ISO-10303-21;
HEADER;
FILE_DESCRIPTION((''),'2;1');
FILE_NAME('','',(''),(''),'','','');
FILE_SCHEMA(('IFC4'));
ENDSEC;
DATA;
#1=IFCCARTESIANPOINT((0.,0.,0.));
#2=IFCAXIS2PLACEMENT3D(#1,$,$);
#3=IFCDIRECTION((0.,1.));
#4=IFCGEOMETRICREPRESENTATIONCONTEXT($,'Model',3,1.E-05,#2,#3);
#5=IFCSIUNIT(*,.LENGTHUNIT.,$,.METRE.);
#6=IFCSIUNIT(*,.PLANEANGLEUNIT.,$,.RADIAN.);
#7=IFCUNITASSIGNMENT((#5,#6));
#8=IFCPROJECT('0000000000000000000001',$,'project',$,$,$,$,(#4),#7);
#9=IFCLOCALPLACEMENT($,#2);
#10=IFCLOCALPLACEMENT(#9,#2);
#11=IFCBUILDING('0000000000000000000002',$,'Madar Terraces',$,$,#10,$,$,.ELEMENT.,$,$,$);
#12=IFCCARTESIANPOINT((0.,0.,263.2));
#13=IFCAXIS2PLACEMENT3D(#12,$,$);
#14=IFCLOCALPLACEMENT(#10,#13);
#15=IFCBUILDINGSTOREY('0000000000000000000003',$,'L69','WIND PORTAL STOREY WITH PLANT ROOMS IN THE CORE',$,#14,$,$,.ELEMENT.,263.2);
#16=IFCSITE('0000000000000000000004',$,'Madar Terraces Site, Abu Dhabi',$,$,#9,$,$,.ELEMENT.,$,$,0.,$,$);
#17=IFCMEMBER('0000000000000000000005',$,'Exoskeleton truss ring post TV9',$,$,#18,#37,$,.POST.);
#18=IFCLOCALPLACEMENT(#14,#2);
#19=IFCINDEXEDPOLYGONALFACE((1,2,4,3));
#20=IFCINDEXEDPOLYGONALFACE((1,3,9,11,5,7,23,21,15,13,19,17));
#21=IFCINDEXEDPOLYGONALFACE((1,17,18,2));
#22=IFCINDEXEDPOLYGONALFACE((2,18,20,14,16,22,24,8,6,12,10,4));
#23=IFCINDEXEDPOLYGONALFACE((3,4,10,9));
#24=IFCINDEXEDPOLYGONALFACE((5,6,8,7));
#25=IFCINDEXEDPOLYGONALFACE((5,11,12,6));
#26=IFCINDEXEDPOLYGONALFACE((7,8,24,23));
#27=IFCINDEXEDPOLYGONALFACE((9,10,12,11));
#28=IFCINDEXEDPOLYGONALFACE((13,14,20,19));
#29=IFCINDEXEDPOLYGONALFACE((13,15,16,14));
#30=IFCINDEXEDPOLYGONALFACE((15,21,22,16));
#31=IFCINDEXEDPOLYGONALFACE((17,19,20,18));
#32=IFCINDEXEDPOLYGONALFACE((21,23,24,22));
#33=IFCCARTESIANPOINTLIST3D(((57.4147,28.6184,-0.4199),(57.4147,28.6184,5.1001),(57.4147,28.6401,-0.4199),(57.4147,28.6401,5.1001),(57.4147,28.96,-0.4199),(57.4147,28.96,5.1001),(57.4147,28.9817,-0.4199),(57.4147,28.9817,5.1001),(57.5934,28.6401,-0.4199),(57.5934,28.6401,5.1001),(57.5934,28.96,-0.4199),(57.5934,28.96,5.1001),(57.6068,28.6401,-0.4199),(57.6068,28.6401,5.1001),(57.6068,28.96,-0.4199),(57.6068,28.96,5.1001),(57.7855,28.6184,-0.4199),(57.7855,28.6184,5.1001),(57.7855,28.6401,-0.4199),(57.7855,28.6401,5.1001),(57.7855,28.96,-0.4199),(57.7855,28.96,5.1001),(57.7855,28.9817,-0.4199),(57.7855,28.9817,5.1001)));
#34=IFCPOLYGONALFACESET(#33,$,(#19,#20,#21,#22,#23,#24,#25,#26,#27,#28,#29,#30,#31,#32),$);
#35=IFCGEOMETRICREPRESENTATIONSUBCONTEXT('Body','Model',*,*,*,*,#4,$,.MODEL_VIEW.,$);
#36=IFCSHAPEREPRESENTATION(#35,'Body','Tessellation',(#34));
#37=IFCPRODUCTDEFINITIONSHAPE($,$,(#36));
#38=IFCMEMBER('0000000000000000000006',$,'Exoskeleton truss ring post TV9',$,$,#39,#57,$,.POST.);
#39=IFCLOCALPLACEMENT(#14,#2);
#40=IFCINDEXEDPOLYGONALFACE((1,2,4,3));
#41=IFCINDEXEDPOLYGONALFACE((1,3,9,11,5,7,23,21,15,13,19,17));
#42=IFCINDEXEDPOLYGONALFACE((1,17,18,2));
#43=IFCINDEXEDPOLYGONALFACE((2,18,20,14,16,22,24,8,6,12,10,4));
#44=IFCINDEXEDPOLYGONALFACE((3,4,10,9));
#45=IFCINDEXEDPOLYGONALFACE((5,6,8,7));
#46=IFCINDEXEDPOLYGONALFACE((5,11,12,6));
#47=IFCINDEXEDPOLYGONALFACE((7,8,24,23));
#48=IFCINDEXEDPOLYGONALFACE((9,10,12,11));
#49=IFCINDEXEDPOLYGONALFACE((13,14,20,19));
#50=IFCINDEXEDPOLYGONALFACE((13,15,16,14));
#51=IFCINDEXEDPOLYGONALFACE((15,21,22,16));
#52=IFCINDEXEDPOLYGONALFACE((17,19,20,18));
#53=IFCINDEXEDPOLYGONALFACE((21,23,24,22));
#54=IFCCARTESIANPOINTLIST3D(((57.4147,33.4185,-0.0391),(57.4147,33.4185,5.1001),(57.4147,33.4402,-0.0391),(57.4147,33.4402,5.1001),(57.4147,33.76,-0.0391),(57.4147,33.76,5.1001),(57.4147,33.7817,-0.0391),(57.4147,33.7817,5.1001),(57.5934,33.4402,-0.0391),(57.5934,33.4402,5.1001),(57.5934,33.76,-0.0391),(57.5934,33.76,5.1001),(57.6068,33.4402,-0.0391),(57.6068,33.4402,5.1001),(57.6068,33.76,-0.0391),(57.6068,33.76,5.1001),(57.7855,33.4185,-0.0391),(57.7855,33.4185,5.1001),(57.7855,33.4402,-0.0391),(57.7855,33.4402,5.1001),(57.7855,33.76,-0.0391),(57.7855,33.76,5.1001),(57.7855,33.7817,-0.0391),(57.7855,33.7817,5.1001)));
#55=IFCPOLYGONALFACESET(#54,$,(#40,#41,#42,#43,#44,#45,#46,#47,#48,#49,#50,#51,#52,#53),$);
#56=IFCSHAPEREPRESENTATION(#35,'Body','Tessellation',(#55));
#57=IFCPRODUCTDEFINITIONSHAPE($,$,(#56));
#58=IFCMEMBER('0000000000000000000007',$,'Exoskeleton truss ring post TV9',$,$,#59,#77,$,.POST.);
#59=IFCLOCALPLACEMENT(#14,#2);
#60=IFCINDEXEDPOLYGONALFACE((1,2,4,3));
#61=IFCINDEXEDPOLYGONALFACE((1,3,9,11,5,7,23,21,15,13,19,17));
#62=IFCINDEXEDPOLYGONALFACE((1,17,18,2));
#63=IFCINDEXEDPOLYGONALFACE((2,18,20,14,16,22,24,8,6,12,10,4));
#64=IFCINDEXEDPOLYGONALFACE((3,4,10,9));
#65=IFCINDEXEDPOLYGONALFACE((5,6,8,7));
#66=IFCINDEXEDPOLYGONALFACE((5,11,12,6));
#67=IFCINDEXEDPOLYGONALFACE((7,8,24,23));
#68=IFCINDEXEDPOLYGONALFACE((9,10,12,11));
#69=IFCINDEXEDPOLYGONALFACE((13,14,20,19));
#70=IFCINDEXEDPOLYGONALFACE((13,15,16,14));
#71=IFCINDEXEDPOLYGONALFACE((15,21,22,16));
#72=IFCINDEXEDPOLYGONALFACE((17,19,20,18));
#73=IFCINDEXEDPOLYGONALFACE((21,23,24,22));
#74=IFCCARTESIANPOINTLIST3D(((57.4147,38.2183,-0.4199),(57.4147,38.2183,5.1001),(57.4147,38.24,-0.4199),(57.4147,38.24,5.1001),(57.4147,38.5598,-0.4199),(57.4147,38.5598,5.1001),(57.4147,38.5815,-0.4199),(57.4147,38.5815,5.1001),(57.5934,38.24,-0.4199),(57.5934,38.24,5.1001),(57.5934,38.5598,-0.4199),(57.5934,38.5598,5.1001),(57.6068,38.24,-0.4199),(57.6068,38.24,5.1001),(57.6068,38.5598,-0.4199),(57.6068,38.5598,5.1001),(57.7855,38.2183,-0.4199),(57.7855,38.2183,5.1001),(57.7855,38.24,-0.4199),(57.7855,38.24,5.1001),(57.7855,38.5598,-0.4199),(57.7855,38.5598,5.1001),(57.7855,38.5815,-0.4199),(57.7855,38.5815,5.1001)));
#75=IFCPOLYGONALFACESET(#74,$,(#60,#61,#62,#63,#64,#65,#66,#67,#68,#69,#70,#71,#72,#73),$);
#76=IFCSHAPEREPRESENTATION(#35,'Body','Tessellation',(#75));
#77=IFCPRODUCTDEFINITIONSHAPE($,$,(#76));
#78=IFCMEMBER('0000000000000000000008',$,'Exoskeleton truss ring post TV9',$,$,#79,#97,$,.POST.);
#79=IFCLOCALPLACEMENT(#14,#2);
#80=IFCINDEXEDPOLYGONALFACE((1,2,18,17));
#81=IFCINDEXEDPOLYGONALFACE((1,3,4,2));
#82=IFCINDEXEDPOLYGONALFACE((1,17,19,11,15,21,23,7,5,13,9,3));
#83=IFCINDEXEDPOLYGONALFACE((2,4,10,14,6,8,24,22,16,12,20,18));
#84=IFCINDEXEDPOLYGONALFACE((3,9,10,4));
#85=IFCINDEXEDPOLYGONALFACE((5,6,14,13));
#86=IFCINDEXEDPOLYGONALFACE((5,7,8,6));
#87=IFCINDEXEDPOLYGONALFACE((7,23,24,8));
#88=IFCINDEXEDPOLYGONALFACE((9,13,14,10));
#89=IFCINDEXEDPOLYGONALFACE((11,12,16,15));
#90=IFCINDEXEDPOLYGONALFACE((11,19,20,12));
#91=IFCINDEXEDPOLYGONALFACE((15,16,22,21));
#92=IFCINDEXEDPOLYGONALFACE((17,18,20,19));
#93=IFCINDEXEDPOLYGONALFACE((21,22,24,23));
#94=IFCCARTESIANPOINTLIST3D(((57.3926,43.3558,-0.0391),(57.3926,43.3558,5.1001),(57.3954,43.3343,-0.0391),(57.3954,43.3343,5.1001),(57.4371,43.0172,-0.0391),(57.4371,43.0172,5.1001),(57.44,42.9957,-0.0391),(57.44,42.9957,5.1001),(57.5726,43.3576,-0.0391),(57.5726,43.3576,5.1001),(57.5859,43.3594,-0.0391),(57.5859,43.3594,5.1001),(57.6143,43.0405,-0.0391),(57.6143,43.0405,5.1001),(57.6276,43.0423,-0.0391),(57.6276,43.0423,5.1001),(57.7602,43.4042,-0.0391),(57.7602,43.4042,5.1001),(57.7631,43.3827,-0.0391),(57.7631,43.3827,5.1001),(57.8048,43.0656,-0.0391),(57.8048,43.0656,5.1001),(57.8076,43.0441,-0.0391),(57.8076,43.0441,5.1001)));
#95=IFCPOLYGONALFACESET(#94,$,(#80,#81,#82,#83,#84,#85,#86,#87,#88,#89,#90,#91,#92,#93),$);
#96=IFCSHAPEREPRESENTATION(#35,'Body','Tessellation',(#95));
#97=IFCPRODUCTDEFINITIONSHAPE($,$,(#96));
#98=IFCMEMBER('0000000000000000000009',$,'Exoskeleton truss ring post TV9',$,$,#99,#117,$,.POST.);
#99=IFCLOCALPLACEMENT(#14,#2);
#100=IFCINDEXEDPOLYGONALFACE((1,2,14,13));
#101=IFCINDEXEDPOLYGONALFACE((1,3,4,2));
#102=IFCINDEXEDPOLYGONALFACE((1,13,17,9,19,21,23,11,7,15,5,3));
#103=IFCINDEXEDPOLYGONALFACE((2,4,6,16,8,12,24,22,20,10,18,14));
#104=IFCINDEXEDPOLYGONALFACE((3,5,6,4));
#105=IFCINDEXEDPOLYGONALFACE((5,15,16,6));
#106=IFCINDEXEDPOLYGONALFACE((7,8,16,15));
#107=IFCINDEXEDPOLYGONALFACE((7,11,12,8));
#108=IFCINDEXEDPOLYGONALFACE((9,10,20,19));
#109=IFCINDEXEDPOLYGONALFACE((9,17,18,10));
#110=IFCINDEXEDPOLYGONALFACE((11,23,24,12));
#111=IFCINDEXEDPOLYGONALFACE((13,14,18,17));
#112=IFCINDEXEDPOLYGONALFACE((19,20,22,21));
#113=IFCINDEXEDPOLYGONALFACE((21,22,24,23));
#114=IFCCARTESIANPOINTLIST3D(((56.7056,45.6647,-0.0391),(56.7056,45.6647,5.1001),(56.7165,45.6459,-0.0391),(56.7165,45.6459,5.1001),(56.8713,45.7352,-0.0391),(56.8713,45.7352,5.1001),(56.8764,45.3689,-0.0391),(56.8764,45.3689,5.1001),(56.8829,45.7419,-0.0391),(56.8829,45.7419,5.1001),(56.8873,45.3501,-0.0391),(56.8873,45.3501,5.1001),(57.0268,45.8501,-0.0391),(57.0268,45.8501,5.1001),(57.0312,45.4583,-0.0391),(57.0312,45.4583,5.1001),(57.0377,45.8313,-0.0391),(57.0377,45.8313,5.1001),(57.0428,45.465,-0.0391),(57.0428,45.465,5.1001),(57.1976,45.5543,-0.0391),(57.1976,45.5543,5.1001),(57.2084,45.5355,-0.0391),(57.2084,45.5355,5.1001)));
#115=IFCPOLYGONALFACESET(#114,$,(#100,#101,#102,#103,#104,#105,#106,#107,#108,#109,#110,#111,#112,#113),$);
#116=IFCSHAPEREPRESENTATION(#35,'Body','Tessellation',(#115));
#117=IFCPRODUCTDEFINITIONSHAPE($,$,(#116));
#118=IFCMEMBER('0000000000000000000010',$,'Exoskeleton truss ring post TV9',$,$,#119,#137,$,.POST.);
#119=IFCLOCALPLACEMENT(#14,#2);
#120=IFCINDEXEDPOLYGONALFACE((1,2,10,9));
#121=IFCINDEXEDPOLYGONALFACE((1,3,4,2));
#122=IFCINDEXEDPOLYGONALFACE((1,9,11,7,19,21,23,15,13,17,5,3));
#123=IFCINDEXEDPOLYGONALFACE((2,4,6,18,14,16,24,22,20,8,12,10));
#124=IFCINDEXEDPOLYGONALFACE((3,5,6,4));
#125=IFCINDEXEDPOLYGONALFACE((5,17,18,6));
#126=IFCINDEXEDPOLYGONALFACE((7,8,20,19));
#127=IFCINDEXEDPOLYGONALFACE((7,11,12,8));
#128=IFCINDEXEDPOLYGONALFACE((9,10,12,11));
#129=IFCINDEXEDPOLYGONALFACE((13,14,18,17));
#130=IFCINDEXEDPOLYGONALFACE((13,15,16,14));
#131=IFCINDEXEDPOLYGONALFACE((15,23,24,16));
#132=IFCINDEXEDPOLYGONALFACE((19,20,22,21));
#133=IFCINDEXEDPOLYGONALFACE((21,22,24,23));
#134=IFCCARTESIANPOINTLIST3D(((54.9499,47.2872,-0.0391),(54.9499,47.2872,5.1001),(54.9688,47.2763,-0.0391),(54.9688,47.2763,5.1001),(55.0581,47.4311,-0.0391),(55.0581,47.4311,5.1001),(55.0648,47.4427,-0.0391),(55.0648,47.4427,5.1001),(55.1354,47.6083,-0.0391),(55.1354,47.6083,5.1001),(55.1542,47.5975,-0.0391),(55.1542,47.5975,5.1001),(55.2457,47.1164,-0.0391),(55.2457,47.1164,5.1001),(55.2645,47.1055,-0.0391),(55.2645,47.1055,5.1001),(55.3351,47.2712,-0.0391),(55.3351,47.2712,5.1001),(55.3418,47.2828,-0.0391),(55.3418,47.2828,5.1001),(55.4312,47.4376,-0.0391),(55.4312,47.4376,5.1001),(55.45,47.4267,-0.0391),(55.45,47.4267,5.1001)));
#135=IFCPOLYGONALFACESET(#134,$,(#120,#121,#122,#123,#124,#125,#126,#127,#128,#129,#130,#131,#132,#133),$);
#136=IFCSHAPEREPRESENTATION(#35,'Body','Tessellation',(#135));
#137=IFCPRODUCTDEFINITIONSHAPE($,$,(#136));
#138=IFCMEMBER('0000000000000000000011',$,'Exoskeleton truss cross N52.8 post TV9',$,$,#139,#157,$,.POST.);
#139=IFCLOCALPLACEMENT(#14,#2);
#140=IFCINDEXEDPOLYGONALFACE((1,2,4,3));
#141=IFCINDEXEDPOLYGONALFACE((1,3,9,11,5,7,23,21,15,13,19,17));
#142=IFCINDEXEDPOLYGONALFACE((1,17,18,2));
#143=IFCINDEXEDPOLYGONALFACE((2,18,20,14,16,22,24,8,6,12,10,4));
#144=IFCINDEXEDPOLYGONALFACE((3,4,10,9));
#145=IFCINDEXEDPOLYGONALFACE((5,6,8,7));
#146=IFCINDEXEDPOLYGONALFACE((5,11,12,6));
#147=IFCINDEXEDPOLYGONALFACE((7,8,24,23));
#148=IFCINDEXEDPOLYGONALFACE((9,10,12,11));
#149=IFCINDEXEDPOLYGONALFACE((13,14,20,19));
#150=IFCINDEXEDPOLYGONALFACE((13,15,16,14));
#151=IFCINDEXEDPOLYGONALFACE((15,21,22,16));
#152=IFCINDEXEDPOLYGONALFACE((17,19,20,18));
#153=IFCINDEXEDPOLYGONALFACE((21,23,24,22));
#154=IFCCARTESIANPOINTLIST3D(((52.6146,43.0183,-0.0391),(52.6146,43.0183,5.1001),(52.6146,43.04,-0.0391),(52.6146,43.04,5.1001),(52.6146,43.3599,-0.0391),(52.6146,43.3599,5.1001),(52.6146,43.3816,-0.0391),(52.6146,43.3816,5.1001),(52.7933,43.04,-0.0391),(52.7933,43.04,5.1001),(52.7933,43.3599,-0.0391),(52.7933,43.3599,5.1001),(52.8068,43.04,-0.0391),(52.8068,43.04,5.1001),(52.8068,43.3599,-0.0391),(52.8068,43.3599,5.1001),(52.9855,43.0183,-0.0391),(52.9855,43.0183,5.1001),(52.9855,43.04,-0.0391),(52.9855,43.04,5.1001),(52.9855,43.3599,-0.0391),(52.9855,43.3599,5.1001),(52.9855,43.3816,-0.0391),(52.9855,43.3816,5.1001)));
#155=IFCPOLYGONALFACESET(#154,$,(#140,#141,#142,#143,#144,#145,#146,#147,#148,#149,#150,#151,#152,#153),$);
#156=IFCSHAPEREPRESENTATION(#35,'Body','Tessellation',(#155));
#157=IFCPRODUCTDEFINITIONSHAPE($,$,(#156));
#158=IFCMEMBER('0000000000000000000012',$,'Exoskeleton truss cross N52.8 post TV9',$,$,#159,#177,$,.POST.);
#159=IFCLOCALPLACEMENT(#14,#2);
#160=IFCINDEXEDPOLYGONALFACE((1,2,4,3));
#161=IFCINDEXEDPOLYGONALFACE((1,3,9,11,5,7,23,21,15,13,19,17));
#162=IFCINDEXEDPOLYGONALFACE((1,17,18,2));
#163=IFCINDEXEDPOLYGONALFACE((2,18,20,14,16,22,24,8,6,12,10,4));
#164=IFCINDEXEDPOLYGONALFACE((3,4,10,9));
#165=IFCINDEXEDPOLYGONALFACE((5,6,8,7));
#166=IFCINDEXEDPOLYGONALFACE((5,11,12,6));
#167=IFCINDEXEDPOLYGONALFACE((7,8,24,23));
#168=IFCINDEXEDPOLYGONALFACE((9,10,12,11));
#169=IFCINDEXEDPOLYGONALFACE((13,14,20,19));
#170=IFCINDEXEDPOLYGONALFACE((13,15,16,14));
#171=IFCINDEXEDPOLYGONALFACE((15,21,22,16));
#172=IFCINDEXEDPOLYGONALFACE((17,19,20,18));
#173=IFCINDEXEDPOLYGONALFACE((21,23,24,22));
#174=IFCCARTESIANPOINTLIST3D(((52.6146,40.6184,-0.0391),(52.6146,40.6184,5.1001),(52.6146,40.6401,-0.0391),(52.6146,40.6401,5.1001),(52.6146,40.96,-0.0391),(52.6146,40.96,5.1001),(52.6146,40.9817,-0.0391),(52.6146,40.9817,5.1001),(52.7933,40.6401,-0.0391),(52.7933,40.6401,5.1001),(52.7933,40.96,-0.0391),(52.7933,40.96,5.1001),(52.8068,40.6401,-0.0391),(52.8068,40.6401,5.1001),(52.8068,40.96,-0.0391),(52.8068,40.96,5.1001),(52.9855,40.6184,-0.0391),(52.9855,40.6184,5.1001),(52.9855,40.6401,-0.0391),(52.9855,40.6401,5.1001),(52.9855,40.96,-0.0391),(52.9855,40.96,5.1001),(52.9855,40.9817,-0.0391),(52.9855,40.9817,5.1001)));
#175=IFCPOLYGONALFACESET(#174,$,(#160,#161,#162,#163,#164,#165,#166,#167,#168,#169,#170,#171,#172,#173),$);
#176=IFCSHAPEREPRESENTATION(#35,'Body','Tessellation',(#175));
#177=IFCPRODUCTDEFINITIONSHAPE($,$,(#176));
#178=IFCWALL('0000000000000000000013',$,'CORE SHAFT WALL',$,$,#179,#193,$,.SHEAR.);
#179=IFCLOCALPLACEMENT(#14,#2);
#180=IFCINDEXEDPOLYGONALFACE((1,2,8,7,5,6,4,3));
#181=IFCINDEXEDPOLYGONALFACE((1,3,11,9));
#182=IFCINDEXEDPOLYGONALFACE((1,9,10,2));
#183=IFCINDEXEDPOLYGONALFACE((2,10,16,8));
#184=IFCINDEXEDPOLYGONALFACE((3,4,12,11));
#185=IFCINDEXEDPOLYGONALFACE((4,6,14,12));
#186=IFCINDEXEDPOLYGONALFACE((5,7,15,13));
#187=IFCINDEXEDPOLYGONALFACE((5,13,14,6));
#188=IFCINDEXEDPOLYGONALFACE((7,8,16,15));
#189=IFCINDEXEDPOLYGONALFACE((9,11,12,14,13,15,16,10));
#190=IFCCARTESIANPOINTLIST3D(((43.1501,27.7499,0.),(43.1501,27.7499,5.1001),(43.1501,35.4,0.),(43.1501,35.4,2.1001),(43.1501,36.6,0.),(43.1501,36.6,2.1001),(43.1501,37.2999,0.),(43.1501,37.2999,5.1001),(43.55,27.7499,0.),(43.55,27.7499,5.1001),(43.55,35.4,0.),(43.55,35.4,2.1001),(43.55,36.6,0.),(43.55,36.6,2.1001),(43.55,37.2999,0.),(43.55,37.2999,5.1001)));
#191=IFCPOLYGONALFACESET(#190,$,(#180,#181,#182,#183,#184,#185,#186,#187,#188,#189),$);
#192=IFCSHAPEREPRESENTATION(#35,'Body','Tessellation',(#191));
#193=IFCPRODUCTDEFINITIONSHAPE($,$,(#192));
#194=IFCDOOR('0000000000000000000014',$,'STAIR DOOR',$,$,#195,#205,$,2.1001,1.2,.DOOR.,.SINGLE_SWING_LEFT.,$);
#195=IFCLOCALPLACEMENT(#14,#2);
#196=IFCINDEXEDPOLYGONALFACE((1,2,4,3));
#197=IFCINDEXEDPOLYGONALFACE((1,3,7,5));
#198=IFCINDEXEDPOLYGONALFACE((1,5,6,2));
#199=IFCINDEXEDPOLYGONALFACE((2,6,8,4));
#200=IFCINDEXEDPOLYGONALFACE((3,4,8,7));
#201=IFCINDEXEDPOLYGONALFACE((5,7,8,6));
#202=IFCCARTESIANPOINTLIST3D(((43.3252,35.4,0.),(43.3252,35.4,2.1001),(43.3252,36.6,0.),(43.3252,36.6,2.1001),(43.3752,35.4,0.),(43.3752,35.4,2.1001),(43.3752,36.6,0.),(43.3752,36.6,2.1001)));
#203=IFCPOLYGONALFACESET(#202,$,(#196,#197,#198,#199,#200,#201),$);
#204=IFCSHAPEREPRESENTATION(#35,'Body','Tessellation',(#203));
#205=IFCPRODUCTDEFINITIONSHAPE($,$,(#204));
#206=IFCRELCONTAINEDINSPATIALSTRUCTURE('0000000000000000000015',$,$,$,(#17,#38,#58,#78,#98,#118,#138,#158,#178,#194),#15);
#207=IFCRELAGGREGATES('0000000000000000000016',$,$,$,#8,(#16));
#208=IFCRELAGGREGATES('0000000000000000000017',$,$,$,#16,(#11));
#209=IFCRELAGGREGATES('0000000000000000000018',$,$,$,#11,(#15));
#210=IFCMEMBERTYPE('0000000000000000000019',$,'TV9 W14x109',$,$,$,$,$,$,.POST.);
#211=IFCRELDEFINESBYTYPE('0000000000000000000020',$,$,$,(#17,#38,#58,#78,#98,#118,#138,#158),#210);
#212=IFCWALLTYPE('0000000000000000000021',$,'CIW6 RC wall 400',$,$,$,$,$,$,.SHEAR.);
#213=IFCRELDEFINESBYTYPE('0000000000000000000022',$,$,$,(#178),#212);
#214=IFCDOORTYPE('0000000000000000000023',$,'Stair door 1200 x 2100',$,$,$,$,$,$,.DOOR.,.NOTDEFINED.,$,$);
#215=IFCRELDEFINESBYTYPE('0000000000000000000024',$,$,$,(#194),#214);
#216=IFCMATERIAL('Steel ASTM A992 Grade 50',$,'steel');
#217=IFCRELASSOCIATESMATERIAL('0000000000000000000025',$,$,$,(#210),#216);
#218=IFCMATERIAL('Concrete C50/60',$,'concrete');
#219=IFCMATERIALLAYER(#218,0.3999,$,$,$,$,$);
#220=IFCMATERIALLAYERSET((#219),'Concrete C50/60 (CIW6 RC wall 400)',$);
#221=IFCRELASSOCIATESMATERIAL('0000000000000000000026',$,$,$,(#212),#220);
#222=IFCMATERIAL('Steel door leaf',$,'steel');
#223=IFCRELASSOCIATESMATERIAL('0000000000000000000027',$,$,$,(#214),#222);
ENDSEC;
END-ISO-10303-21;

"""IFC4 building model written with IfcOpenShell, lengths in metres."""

from ifc_helpers import new_model, si_unit, direction, frame, frame_2d, origin, origin_2d, place, context, subcontext, project, spatial, rectangle, i_section, extrude, material, layer, layer_set, material_profile, profile_set, type_object, element, fill, save


model = new_model("IFC4")

# Units and contexts
model_context = context("Model", 3, precision=1e-05, world=origin(), true_north=direction((0.0, 1.0)))
body_context = subcontext(model_context, "Body", "Model", "MODEL_VIEW")
ifc_project = project(units=[si_unit("LENGTHUNIT", "METRE"), si_unit("PLANEANGLEUNIT", "RADIAN")], contexts=[model_context])

# Site, building, storey
site_placement = place(None, origin())
site = spatial("IfcSite", under=ifc_project, at=site_placement, Name="Madar Terraces Site, Abu Dhabi", CompositionType="ELEMENT", RefElevation=0.0)
building_placement = place(site_placement, origin())
building = spatial("IfcBuilding", under=site, at=building_placement, Name="Madar Terraces", CompositionType="ELEMENT")
storey_placement = place(building_placement, frame((0.0, 0.0, 263.2)))
storey = spatial("IfcBuildingStorey", under=building, at=storey_placement, Name="L69", Description="WIND PORTAL STOREY WITH PLANT ROOMS IN THE CORE", CompositionType="ELEMENT", Elevation=263.2)

# Members
ifc_material_1 = material(Name="Steel ASTM A992 Grade 50", Category="steel")
ifc_material_profile_1 = material_profile(ifc_material_1, i_section(OverallWidth=0.3708, OverallDepth=0.3633, WebThickness=0.0134, FlangeThickness=0.0217, at=origin_2d()), Name="W14x109")
ifc_profile_set_1 = profile_set([ifc_material_profile_1], Name="Steel ASTM A992 Grade 50")
member_type_1 = type_object("IfcMemberType", Name="TV9 W14x109", PredefinedType="POST", material=ifc_profile_set_1)
member_1_placement = place(storey_placement, frame((57.6001, 28.8, -0.4199), z_axis=(0.0, 0.0, 1.0), x_axis=(-1.0, 0.0, 0.0)))
element("IfcMember", 1, at=member_1_placement, inside=storey, type_object=member_type_1, Name="Exoskeleton truss ring post TV9", PredefinedType="POST", context=body_context, shape_type="SweptSolid", body=[
    extrude(i_section(OverallWidth=0.3708, OverallDepth=0.3633, WebThickness=0.0134, FlangeThickness=0.0217, at=origin_2d()), origin(), (0.0, 0.0, 1.0), 5.52),
])
member_2_placement = place(storey_placement, frame((57.6001, 33.6001, -0.0391), z_axis=(0.0, 0.0, 1.0), x_axis=(-1.0, 0.0, 0.0)))
element("IfcMember", 2, at=member_2_placement, inside=storey, type_object=member_type_1, Name="Exoskeleton truss ring post TV9", PredefinedType="POST", context=body_context, shape_type="SweptSolid", body=[
    extrude(i_section(OverallWidth=0.3708, OverallDepth=0.3633, WebThickness=0.0134, FlangeThickness=0.0217, at=origin_2d()), origin(), (0.0, 0.0, 1.0), 5.1392),
])
member_3_placement = place(storey_placement, frame((57.6001, 38.3999, -0.4199), z_axis=(0.0, 0.0, 1.0), x_axis=(-1.0, 0.0, 0.0)))
element("IfcMember", 3, at=member_3_placement, inside=storey, type_object=member_type_1, Name="Exoskeleton truss ring post TV9", PredefinedType="POST", context=body_context, shape_type="SweptSolid", body=[
    extrude(i_section(OverallWidth=0.3708, OverallDepth=0.3633, WebThickness=0.0134, FlangeThickness=0.0217, at=origin_2d()), origin(), (0.0, 0.0, 1.0), 5.52),
])
for number, where, z_axis, x_axis, name in (
    (4, (57.6001, 43.2, -0.0391), (0.0, 0.0, 1.0), (-0.991445, -0.130526, 0.0), "Exoskeleton truss ring post TV9"),
    (5, (56.957, 45.6001, -0.0391), (0.0, 0.0, 1.0), (-0.866025, -0.5, 0.0), "Exoskeleton truss ring post TV9"),
    (6, (55.2, 47.3569, -0.0391), (0.0, 0.0, 1.0), (-0.5, -0.866025, 0.0), "Exoskeleton truss ring post TV9"),
    (7, (52.8, 43.2, -0.0391), (0.0, 0.0, 1.0), (-1.0, 0.0, 0.0), "Exoskeleton truss cross N52.8 post TV9"),
    (8, (52.8, 40.8, -0.0391), (0.0, 0.0, 1.0), (-1.0, 0.0, 0.0), "Exoskeleton truss cross N52.8 post TV9"),
):
    element("IfcMember", number, at=place(storey_placement, frame(where, z_axis=z_axis, x_axis=x_axis)), inside=storey, type_object=member_type_1, Name=name, PredefinedType="POST", context=body_context, shape_type="SweptSolid", body=[
        extrude(i_section(OverallWidth=0.3708, OverallDepth=0.3633, WebThickness=0.0134, FlangeThickness=0.0217, at=origin_2d()), origin(), (0.0, 0.0, 1.0), 5.1392),
    ])

# Wall, opening, door
ifc_material_2 = material(Name="Concrete C50/60", Category="concrete")
ifc_layer_1 = layer(ifc_material_2, 0.3999)
ifc_layer_set_1 = layer_set([ifc_layer_1], Name="Concrete C50/60 (CIW6 RC wall 400)")
wall_type_1 = type_object("IfcWallType", Name="CIW6 RC wall 400", PredefinedType="SHEAR", material=ifc_layer_set_1)
wall_1_placement = place(storey_placement, frame((43.3501, 27.75, 0.0), z_axis=(0.0, 0.0, 1.0), x_axis=(0.0, 1.0, 0.0)))
wall_1 = element("IfcWall", 9, at=wall_1_placement, inside=storey, type_object=wall_type_1, Name="CORE SHAFT WALL", PredefinedType="SHEAR", context=body_context, shape_type="SweptSolid", body=[
    extrude(rectangle(XDim=9.55, YDim=0.3999, at=frame_2d((4.7749, 0.0))), origin(), (0.0, 0.0, 1.0), 5.1001),
])
opening_placement = place(wall_1_placement, frame((7.6499, 0.0, 0.0)))
opening = element("IfcOpeningElement", 10, at=opening_placement, cuts=wall_1, PredefinedType="OPENING", context=body_context, shape_type="SweptSolid", body=[
    extrude(rectangle(XDim=1.2, YDim=2.1001, at=frame_2d((0.6001, 1.05))), frame((0.0, 0.21, 0.0), z_axis=(0.0, -1.0, 0.0), x_axis=(1.0, 0.0, 0.0)), (0.0, 0.0, 1.0), 0.4199),
])
ifc_material_3 = material(Name="Steel door leaf", Category="steel")
door_type = type_object("IfcDoorType", Name="Stair door 1200 x 2100", OperationType="NOTDEFINED", PredefinedType="DOOR", material=ifc_material_3)
door_placement = place(opening_placement, origin())
door = element("IfcDoor", 11, at=door_placement, inside=storey, type_object=door_type, Name="STAIR DOOR", OperationType="SINGLE_SWING_LEFT", OverallHeight=2.1001, OverallWidth=1.2, PredefinedType="DOOR", context=body_context, shape_type="SweptSolid", body=[
    extrude(rectangle(XDim=1.2, YDim=2.1001, at=frame_2d((0.6001, 1.05))), frame((0.0, 0.0249, 0.0), z_axis=(0.0, -1.0, 0.0), x_axis=(1.0, 0.0, 0.0)), (0.0, 0.0, 1.0), 0.05),
])
fill(opening, door)

save(model, "model.ifc")
